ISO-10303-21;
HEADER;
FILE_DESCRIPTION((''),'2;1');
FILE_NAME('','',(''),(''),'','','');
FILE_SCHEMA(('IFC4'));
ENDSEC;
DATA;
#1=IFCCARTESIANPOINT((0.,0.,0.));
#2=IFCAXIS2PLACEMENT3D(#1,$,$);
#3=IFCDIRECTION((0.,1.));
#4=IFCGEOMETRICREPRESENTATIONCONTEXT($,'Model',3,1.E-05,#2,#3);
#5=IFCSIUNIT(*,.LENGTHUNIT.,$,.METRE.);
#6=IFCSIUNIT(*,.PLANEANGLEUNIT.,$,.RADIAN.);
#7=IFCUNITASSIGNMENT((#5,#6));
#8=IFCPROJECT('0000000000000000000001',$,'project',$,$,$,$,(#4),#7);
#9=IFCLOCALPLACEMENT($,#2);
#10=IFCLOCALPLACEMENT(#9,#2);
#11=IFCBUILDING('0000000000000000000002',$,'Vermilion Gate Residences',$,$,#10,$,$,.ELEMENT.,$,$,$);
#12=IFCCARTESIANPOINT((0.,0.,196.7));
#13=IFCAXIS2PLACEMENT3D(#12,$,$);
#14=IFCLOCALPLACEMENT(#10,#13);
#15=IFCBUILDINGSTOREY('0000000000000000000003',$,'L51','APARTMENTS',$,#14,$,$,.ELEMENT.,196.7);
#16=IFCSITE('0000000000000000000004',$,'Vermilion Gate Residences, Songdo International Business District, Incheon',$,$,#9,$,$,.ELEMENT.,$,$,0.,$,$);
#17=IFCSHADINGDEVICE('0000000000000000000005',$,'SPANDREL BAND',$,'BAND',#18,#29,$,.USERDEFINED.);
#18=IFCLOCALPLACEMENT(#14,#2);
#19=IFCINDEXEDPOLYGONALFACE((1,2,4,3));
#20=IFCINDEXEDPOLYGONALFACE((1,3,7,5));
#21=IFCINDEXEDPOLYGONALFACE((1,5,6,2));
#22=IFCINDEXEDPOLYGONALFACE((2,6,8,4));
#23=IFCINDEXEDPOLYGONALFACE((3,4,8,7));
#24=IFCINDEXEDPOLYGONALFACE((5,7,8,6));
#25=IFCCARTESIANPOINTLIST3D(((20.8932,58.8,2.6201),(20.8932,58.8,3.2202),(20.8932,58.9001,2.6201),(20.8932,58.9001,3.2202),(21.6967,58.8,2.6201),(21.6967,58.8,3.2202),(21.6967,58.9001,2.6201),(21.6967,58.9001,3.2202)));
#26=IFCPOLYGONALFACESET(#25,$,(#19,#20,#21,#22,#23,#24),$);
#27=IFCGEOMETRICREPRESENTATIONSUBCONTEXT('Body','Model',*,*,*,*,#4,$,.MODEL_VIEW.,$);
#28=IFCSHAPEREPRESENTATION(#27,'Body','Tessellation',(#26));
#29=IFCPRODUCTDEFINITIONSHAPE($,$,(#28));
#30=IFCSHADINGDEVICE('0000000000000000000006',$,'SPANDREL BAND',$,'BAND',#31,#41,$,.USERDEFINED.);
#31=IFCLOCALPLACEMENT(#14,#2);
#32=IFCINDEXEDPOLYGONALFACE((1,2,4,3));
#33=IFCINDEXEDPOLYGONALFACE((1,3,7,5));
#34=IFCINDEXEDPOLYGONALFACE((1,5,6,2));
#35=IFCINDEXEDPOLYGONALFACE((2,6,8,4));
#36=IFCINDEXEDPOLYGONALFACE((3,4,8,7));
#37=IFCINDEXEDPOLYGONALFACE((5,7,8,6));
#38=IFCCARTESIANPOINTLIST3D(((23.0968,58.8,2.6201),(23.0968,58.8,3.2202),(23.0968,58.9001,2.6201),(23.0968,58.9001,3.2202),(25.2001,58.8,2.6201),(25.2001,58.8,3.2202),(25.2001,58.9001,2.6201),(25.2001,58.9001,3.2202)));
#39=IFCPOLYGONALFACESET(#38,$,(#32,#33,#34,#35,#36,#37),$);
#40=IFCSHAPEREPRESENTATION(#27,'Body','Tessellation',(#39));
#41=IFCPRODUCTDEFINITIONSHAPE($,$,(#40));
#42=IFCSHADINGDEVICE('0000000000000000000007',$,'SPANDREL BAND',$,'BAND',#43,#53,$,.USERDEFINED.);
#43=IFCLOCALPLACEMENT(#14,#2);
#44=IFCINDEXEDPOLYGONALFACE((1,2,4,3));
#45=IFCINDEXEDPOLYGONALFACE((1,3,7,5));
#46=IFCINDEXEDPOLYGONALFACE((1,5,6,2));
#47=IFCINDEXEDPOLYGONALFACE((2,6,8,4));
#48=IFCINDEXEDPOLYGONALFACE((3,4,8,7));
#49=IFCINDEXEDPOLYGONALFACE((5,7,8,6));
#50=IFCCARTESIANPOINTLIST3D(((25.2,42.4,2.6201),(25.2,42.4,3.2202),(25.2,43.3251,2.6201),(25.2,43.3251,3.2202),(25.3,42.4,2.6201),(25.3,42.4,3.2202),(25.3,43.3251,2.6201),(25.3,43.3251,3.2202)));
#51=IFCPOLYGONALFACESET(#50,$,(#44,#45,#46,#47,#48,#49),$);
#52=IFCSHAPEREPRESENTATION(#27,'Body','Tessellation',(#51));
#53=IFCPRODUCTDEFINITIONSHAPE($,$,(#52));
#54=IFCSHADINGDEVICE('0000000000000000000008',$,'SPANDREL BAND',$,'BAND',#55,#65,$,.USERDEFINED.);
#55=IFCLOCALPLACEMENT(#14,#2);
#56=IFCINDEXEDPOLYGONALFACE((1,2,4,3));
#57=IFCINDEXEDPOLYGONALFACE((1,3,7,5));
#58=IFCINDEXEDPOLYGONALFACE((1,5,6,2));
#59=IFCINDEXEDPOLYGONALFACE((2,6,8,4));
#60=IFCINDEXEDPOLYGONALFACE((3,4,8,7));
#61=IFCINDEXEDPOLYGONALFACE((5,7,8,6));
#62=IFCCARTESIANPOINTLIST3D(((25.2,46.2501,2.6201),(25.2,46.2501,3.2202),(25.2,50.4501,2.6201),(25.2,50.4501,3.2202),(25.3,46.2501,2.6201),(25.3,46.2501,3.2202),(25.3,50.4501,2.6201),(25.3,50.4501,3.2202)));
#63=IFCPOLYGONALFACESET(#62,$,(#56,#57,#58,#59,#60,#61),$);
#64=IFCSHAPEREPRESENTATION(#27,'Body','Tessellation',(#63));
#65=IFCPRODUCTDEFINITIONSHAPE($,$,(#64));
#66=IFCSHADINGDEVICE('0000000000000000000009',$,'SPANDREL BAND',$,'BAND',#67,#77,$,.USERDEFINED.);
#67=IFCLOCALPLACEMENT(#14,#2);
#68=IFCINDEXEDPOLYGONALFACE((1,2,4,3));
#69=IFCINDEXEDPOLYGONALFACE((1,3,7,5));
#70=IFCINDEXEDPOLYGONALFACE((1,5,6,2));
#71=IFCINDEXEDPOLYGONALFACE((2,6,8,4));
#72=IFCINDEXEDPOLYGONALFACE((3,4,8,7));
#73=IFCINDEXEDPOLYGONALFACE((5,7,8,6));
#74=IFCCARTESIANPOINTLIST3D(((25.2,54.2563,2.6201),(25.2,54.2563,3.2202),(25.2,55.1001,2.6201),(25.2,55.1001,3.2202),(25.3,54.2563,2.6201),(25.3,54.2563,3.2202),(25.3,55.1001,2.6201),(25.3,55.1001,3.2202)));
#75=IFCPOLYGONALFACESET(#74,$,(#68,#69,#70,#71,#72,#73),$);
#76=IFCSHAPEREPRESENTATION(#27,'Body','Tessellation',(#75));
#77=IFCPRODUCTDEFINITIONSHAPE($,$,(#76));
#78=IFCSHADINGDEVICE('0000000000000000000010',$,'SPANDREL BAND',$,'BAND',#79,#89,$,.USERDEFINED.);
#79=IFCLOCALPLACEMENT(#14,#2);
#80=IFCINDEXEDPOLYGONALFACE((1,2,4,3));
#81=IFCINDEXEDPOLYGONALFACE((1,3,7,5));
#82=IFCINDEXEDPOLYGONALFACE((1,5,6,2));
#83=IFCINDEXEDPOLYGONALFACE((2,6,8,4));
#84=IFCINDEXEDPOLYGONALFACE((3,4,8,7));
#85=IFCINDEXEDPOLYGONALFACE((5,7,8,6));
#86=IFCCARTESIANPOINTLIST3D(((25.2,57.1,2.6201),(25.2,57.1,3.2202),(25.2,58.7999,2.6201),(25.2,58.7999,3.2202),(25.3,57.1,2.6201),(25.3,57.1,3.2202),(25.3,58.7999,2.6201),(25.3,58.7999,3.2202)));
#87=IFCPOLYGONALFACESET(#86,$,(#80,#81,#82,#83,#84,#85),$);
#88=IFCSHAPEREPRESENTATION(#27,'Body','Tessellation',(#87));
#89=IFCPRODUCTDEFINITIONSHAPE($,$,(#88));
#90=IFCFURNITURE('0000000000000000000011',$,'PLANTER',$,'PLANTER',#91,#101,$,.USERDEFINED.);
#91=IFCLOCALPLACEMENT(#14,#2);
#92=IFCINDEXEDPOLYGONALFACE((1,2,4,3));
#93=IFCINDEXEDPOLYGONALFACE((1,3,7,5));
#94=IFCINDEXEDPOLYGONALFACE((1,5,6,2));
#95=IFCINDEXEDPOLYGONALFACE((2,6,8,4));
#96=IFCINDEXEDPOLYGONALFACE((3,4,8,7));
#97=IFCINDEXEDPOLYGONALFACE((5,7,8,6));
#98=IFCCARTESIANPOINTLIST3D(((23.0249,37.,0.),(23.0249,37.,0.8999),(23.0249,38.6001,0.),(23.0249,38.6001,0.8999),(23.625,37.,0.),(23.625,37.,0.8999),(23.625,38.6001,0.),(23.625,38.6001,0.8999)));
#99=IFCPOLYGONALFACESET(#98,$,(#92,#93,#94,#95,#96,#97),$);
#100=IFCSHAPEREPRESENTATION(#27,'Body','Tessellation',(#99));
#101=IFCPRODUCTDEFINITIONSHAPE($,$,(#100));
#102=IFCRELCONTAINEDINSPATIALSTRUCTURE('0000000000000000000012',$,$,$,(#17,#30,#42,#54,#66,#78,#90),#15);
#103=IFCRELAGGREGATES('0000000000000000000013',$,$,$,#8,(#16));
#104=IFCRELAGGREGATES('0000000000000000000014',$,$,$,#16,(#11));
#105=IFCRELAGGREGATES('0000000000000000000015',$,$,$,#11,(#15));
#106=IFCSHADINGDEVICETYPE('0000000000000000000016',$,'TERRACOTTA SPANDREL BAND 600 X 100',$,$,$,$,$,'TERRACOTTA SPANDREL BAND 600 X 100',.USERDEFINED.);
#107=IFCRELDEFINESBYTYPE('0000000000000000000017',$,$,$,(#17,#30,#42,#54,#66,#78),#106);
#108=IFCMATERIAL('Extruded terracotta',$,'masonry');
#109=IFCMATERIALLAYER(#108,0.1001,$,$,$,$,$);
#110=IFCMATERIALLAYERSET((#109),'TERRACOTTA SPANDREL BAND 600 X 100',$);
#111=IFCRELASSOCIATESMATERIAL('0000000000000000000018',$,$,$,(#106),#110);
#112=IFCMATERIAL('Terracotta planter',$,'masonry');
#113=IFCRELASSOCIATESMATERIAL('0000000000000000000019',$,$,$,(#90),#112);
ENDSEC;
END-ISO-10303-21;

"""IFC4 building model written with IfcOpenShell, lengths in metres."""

from ifc_helpers import new_model, si_unit, direction, frame, origin, origin_2d, place, context, subcontext, project, spatial, rectangle, extrude, material, layer, layer_set, type_object, element, save


model = new_model("IFC4")

# Units and contexts
model_context = context("Model", 3, precision=1e-05, world=origin(), true_north=direction((0.0, 1.0)))
body_context = subcontext(model_context, "Body", "Model", "MODEL_VIEW")
ifc_project = project(units=[si_unit("LENGTHUNIT", "METRE"), si_unit("PLANEANGLEUNIT", "RADIAN")], contexts=[model_context])

# Site, building, storey
site_placement = place(None, origin())
site = spatial("IfcSite", under=ifc_project, at=site_placement, Name="Vermilion Gate Residences, Songdo International Business District, Incheon", CompositionType="ELEMENT", RefElevation=0.0)
building_placement = place(site_placement, origin())
building = spatial("IfcBuilding", under=site, at=building_placement, Name="Vermilion Gate Residences", CompositionType="ELEMENT")
storey_placement = place(building_placement, frame((0.0, 0.0, 196.7)))
storey = spatial("IfcBuildingStorey", under=building, at=storey_placement, Name="L51", Description="APARTMENTS", CompositionType="ELEMENT", Elevation=196.7)

# Shading devices
ifc_material_1 = material(Name="Extruded terracotta", Category="masonry")
ifc_layer_1 = layer(ifc_material_1, 0.1001)
ifc_layer_set_1 = layer_set([ifc_layer_1], Name="TERRACOTTA SPANDREL BAND 600 X 100")
shading_device_type_1 = type_object("IfcShadingDeviceType", Name="TERRACOTTA SPANDREL BAND 600 X 100", ElementType="TERRACOTTA SPANDREL BAND 600 X 100", PredefinedType="USERDEFINED", material=ifc_layer_set_1)
shading_device_1_placement = place(storey_placement, frame((21.2949, 58.8501, 2.6201), z_axis=(0.0, 0.0, 1.0), x_axis=(1.0, 0.0, 0.0)))
element("IfcShadingDevice", 1, at=shading_device_1_placement, inside=storey, type_object=shading_device_type_1, Name="SPANDREL BAND", ObjectType="BAND", PredefinedType="USERDEFINED", context=body_context, shape_type="SweptSolid", body=[
    extrude(rectangle(XDim=0.8035, YDim=0.1001, at=origin_2d()), origin(), (0.0, 0.0, 1.0), 0.6001),
])
shading_device_2_placement = place(storey_placement, frame((24.1484, 58.8501, 2.6201), z_axis=(0.0, 0.0, 1.0), x_axis=(1.0, 0.0, 0.0)))
element("IfcShadingDevice", 2, at=shading_device_2_placement, inside=storey, type_object=shading_device_type_1, Name="SPANDREL BAND", ObjectType="BAND", PredefinedType="USERDEFINED", context=body_context, shape_type="SweptSolid", body=[
    extrude(rectangle(XDim=2.1033, YDim=0.1001, at=origin_2d()), origin(), (0.0, 0.0, 1.0), 0.6001),
])
shading_device_3_placement = place(storey_placement, frame((25.25, 42.8625, 2.6201), z_axis=(0.0, 0.0, 1.0), x_axis=(0.0, 1.0, 0.0)))
element("IfcShadingDevice", 3, at=shading_device_3_placement, inside=storey, type_object=shading_device_type_1, Name="SPANDREL BAND", ObjectType="BAND", PredefinedType="USERDEFINED", context=body_context, shape_type="SweptSolid", body=[
    extrude(rectangle(XDim=0.925, YDim=0.1001, at=origin_2d()), origin(), (0.0, 0.0, 1.0), 0.6001),
])
shading_device_4_placement = place(storey_placement, frame((25.25, 48.3501, 2.6201), z_axis=(0.0, 0.0, 1.0), x_axis=(0.0, 1.0, 0.0)))
element("IfcShadingDevice", 4, at=shading_device_4_placement, inside=storey, type_object=shading_device_type_1, Name="SPANDREL BAND", ObjectType="BAND", PredefinedType="USERDEFINED", context=body_context, shape_type="SweptSolid", body=[
    extrude(rectangle(XDim=4.2, YDim=0.1001, at=origin_2d()), origin(), (0.0, 0.0, 1.0), 0.6001),
])
shading_device_5_placement = place(storey_placement, frame((25.25, 54.6782, 2.6201), z_axis=(0.0, 0.0, 1.0), x_axis=(0.0, 1.0, 0.0)))
element("IfcShadingDevice", 5, at=shading_device_5_placement, inside=storey, type_object=shading_device_type_1, Name="SPANDREL BAND", ObjectType="BAND", PredefinedType="USERDEFINED", context=body_context, shape_type="SweptSolid", body=[
    extrude(rectangle(XDim=0.8438, YDim=0.1001, at=origin_2d()), origin(), (0.0, 0.0, 1.0), 0.6001),
])
shading_device_6_placement = place(storey_placement, frame((25.25, 57.95, 2.6201), z_axis=(0.0, 0.0, 1.0), x_axis=(0.0, 1.0, 0.0)))
element("IfcShadingDevice", 6, at=shading_device_6_placement, inside=storey, type_object=shading_device_type_1, Name="SPANDREL BAND", ObjectType="BAND", PredefinedType="USERDEFINED", context=body_context, shape_type="SweptSolid", body=[
    extrude(rectangle(XDim=1.7, YDim=0.1001, at=origin_2d()), origin(), (0.0, 0.0, 1.0), 0.6001),
])

# Furniture
ifc_material_2 = material(Name="Terracotta planter", Category="masonry")
furniture_placement = place(storey_placement, frame((23.325, 37.8, 0.0), z_axis=(0.0, 0.0, 1.0), x_axis=(0.0, 1.0, 0.0)))
element("IfcFurniture", 7, at=furniture_placement, inside=storey, material=ifc_material_2, Name="PLANTER", ObjectType="PLANTER", PredefinedType="USERDEFINED", context=body_context, shape_type="SweptSolid", body=[
    extrude(rectangle(XDim=1.6001, YDim=0.6001, at=origin_2d()), origin(), (0.0, 0.0, 1.0), 0.8999),
])

save(model, "model.ifc")
